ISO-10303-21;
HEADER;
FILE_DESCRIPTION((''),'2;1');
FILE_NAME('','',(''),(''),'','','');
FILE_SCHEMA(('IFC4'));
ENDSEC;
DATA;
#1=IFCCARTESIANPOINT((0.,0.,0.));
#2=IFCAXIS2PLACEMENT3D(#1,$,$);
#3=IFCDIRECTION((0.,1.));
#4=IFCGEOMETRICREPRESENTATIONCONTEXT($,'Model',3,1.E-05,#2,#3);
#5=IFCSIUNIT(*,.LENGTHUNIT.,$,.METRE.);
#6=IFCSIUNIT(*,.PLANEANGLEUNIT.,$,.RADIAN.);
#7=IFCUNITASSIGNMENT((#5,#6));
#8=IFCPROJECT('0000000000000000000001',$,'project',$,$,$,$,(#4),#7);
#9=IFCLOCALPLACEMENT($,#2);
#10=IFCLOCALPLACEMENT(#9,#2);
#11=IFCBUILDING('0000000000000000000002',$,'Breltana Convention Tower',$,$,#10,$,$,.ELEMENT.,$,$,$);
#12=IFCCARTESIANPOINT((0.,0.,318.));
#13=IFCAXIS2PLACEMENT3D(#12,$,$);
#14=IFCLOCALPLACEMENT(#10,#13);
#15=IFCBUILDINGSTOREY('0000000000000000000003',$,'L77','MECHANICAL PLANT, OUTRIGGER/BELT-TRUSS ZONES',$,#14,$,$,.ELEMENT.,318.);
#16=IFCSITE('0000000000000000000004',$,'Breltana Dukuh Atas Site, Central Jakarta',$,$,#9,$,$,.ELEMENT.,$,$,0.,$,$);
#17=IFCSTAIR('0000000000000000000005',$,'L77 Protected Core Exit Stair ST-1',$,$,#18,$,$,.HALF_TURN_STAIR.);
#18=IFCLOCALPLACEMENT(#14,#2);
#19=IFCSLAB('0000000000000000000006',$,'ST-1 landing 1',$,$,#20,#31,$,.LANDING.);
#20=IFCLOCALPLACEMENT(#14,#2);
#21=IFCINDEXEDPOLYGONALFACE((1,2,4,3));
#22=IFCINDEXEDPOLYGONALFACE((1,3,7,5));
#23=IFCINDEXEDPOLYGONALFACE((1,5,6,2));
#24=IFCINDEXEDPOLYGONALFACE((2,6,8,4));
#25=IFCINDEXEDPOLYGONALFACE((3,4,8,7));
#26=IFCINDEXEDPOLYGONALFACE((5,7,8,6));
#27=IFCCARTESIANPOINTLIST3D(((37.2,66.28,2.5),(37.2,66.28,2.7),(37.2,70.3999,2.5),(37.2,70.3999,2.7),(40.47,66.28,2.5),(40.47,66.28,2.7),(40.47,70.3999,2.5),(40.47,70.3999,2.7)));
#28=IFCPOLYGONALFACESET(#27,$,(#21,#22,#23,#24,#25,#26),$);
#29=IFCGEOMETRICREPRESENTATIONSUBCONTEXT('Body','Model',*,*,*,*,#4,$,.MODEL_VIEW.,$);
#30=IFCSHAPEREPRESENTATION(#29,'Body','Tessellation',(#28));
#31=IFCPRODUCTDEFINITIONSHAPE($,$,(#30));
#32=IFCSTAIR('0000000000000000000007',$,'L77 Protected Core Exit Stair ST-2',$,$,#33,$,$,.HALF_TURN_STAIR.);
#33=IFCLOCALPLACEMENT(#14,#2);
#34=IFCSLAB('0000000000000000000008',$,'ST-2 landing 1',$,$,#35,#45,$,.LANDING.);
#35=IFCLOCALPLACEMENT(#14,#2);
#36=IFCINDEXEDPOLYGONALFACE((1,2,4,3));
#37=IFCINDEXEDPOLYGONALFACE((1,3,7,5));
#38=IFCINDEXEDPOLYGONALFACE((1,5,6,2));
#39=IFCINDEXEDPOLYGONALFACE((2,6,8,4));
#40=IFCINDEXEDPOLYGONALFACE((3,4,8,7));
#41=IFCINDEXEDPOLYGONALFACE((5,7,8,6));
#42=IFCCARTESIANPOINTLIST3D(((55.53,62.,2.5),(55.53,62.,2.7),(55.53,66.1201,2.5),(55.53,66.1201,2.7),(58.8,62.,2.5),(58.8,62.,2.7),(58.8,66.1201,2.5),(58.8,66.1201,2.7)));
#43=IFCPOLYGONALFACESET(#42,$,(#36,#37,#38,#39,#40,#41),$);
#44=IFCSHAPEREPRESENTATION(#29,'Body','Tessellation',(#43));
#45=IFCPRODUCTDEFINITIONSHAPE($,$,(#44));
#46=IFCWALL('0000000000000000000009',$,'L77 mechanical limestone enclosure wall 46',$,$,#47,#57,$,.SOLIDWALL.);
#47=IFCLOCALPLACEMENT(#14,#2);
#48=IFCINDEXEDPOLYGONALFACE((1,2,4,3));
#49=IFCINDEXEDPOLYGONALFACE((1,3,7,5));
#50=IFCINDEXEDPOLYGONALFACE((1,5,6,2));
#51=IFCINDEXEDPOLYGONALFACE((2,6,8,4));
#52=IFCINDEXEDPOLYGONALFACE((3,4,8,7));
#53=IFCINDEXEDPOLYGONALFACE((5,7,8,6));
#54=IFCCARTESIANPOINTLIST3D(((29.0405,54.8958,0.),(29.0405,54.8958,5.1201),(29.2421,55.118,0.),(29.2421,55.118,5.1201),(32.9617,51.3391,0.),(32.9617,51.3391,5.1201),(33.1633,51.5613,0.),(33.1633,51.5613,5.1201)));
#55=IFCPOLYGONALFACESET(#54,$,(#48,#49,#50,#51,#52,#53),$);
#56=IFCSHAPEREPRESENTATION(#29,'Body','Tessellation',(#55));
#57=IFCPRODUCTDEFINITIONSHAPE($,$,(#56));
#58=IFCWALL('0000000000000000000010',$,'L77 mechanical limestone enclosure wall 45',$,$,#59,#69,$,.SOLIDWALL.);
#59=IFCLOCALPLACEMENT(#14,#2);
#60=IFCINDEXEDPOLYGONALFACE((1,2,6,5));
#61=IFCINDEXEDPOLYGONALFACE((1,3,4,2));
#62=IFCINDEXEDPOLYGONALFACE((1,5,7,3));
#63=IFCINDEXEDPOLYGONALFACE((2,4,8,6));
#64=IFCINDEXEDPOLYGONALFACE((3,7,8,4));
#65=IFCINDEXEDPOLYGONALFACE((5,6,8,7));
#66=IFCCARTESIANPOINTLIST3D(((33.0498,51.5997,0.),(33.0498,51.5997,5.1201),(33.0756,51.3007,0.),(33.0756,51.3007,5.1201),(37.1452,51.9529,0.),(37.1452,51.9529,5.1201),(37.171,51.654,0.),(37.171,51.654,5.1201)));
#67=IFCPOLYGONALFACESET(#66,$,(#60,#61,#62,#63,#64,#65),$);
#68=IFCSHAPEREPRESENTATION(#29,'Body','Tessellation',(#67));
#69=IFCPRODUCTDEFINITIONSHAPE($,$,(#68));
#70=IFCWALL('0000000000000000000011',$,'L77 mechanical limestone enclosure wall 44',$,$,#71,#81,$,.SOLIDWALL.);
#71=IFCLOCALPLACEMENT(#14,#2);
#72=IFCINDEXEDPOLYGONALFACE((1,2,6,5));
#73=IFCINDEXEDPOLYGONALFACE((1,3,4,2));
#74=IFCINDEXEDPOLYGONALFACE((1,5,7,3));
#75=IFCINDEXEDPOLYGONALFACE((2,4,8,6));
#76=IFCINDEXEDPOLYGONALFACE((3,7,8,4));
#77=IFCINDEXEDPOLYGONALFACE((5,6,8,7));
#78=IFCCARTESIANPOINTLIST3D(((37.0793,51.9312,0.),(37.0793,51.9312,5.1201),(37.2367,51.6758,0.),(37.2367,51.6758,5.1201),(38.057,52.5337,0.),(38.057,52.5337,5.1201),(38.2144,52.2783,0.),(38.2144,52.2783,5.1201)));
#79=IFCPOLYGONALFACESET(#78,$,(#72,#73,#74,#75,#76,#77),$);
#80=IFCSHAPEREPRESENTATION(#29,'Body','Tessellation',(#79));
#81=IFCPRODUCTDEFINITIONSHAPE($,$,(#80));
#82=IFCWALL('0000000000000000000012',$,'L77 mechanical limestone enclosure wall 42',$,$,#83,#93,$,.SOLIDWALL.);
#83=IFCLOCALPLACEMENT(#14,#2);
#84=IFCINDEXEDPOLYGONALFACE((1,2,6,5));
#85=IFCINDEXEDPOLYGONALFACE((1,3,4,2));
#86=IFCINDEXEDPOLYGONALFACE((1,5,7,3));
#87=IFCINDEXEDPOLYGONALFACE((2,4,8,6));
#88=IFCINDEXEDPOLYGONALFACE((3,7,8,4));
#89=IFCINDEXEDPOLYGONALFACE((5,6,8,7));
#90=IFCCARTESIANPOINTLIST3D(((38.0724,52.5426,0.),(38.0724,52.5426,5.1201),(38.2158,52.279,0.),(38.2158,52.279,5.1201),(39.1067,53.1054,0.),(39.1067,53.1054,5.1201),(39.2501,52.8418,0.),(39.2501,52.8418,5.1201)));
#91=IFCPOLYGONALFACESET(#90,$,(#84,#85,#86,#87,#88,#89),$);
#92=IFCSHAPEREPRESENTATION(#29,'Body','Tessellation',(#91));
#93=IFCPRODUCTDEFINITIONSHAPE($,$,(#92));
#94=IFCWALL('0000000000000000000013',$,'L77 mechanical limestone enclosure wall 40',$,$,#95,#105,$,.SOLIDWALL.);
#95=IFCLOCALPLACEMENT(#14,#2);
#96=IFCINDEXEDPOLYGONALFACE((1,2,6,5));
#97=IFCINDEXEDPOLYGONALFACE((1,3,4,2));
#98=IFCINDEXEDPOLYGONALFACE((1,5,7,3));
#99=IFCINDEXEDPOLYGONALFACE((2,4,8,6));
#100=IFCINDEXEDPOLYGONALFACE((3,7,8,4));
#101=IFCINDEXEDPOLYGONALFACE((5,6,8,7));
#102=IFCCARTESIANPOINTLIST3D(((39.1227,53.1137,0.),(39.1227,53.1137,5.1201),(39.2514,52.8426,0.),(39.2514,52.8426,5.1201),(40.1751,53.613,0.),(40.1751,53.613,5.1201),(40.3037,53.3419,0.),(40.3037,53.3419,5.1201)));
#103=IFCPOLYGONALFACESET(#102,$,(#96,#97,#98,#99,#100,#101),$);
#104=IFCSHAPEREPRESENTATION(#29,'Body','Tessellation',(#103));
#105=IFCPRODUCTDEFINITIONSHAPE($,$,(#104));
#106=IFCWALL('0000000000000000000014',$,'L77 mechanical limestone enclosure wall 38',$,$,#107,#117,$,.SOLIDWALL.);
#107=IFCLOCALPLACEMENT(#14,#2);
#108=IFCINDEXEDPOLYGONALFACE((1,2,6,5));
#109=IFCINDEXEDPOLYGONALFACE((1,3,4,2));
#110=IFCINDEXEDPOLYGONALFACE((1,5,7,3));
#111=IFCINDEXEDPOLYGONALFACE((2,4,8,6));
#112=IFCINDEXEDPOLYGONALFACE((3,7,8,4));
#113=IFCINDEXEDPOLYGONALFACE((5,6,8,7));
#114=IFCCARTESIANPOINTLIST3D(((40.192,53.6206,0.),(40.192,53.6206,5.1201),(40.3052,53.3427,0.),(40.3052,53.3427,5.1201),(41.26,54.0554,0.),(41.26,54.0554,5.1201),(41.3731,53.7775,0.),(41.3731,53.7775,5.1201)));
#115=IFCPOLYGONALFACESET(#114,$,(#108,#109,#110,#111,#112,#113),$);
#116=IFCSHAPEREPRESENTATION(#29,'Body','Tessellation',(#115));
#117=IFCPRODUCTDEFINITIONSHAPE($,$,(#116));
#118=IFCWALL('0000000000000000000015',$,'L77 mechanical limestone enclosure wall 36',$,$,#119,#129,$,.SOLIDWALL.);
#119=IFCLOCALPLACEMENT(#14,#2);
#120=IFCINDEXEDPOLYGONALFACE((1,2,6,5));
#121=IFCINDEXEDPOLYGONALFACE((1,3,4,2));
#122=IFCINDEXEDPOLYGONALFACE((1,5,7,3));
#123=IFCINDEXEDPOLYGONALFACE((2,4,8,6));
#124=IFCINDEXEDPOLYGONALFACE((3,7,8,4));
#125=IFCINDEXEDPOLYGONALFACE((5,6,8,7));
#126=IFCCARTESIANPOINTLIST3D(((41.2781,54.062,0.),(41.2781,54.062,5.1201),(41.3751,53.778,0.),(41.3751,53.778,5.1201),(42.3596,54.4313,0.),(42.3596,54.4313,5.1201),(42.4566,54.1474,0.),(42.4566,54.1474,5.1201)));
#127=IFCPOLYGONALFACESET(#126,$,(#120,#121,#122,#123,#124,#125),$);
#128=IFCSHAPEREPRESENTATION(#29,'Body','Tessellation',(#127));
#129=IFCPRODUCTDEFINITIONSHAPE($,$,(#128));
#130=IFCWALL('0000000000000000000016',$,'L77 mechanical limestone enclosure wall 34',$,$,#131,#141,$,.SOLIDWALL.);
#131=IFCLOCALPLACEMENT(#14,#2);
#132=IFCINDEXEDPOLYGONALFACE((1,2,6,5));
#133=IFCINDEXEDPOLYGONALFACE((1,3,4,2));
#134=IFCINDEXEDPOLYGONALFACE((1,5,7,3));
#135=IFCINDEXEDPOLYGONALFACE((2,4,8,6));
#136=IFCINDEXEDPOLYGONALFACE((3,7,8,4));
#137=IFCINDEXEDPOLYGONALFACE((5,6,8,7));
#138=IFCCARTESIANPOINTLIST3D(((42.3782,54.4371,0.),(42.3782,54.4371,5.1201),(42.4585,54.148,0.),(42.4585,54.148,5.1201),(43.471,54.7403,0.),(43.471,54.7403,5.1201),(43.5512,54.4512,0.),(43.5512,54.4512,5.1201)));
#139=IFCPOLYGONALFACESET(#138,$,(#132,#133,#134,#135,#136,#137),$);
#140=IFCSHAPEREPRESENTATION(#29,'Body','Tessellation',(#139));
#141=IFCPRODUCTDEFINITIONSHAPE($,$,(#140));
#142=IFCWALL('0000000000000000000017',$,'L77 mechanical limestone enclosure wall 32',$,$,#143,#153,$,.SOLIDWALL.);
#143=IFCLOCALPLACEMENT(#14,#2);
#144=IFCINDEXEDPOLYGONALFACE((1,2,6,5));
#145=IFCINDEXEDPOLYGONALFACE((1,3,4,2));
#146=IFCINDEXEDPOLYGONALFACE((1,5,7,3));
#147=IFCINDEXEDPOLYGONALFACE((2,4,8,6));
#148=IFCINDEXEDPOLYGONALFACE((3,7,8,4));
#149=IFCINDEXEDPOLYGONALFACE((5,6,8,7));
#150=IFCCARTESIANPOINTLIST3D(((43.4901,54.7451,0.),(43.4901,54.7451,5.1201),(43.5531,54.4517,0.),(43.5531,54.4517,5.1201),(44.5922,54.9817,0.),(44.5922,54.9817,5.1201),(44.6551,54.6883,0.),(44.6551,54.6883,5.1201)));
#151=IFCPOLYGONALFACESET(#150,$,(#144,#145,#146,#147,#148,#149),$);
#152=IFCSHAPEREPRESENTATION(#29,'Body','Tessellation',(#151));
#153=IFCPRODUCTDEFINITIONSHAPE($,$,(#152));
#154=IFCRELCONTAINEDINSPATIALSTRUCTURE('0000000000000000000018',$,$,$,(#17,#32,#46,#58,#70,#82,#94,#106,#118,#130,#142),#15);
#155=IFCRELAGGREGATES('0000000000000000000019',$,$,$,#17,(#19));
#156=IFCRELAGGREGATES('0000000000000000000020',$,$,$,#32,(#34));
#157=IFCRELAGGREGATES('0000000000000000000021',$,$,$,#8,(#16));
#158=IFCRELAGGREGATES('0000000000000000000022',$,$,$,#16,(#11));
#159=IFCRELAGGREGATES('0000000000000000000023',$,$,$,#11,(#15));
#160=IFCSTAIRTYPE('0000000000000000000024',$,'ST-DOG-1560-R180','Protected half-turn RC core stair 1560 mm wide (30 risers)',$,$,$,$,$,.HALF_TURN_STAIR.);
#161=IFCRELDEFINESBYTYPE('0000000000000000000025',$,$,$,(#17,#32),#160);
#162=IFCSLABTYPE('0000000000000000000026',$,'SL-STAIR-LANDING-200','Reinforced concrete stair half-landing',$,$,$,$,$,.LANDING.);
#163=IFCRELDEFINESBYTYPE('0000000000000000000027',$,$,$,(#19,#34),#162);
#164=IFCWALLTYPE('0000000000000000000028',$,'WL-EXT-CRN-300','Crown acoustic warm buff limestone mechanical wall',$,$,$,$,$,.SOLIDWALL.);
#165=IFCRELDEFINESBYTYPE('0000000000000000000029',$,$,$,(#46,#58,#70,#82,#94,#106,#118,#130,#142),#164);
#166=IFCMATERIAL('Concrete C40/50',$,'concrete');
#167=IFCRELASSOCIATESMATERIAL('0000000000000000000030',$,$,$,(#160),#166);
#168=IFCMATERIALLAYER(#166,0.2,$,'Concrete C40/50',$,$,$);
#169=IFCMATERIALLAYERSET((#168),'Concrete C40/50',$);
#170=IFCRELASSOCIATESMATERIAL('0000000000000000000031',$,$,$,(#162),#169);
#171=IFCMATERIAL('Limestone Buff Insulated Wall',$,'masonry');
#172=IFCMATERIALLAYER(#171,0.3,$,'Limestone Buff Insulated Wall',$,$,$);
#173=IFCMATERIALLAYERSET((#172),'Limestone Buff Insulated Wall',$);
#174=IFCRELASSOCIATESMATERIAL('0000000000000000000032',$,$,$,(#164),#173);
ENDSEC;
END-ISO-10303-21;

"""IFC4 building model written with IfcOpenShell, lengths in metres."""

from ifc_helpers import new_model, si_unit, direction, frame, frame_2d, origin, place, context, subcontext, project, spatial, polyline, rectangle, outline, extrude, source, transform, mapped, material, layer, layer_set, type_object, element, aggregate, save


model = new_model("IFC4")

# Units and contexts
model_context = context("Model", 3, precision=1e-05, world=origin(), true_north=direction((0.0, 1.0)))
body_context = subcontext(model_context, "Body", "Model", "MODEL_VIEW")
ifc_project = project(units=[si_unit("LENGTHUNIT", "METRE"), si_unit("PLANEANGLEUNIT", "RADIAN")], contexts=[model_context])

# Site, building, storey
site_placement = place(None, origin())
site = spatial("IfcSite", under=ifc_project, at=site_placement, Name="Breltana Dukuh Atas Site, Central Jakarta", CompositionType="ELEMENT", RefElevation=0.0)
building_placement = place(site_placement, origin())
building = spatial("IfcBuilding", under=site, at=building_placement, Name="Breltana Convention Tower", CompositionType="ELEMENT")
storey_placement = place(building_placement, frame((0.0, 0.0, 318.0)))
storey = spatial("IfcBuildingStorey", under=building, at=storey_placement, Name="L77", Description="MECHANICAL PLANT, OUTRIGGER/BELT-TRUSS ZONES", CompositionType="ELEMENT", Elevation=318.0)

# Shared definitions
ifc_material_1 = material(Name="Concrete C40/50", Category="concrete")

# Stairs, slabs
stair_type = type_object("IfcStairType", Name="ST-DOG-1560-R180", Description="Protected half-turn RC core stair 1560 mm wide (30 risers)", PredefinedType="HALF_TURN_STAIR", material=ifc_material_1)
stair_1_placement = place(storey_placement, origin())
stair_1 = element("IfcStair", 1, at=stair_1_placement, inside=storey, type_object=stair_type, Name="L77 Protected Core Exit Stair ST-1", PredefinedType="HALF_TURN_STAIR")
ifc_layer_1 = layer(ifc_material_1, 0.2, Name="Concrete C40/50")
ifc_layer_set_1 = layer_set([ifc_layer_1], Name="Concrete C40/50")
slab_type_1 = type_object("IfcSlabType", Name="SL-STAIR-LANDING-200", Description="Reinforced concrete stair half-landing", PredefinedType="LANDING", material=ifc_layer_set_1)
slab_1_placement = place(storey_placement, frame((0.0, 0.0, 2.5)))
slab_1 = element("IfcSlab", 2, at=slab_1_placement, type_object=slab_type_1, Name="ST-1 landing 1", PredefinedType="LANDING", context=body_context, shape_type="SweptSolid", body=[
    extrude(outline(polyline([(40.47, 66.28), (40.47, 70.3999), (37.2, 70.3999), (37.2, 66.28), (40.47, 66.28)])), origin(), (0.0, 0.0, 1.0), 0.2),
])
aggregate(stair_1, [slab_1])
stair_2_placement = place(storey_placement, origin())
stair_2 = element("IfcStair", 3, at=stair_2_placement, inside=storey, type_object=stair_type, Name="L77 Protected Core Exit Stair ST-2", PredefinedType="HALF_TURN_STAIR")
slab_2_placement = place(storey_placement, frame((0.0, 0.0, 2.5)))
slab_2 = element("IfcSlab", 4, at=slab_2_placement, type_object=slab_type_1, Name="ST-2 landing 1", PredefinedType="LANDING", context=body_context, shape_type="SweptSolid", body=[
    extrude(outline(polyline([(55.53, 66.1201), (55.53, 62.0), (58.8, 62.0), (58.8, 66.1201), (55.53, 66.1201)])), origin(), (0.0, 0.0, 1.0), 0.2),
])
aggregate(stair_2, [slab_2])

# Walls
ifc_material_2 = material(Name="Limestone Buff Insulated Wall", Category="masonry")
ifc_layer_2 = layer(ifc_material_2, 0.3, Name="Limestone Buff Insulated Wall")
ifc_layer_set_2 = layer_set([ifc_layer_2], Name="Limestone Buff Insulated Wall")
wall_type_1 = type_object("IfcWallType", Name="WL-EXT-CRN-300", Description="Crown acoustic warm buff limestone mechanical wall", PredefinedType="SOLIDWALL", material=ifc_layer_set_2)
shared_shape_1 = source(origin(), body_context, "Body", "SweptSolid", [
    extrude(rectangle(XDim=5.2939, YDim=0.3, at=frame_2d((2.647, 0.0))), origin(), (0.0, 0.0, 1.0), 5.1201),
])
wall_1_placement = place(storey_placement, frame((33.0625, 51.4502, 0.0), z_axis=(0.0, 0.0, 1.0), x_axis=(-0.740695, 0.671841, 0.0)))
element("IfcWall", 5, at=wall_1_placement, inside=storey, type_object=wall_type_1, Name="L77 mechanical limestone enclosure wall 46", PredefinedType="SOLIDWALL", context=body_context, shape_type="MappedRepresentation", body=[
    mapped(shared_shape_1, transform((0.0, 0.0, 0.0), scale=1.0)),
])
shared_shape_2 = source(origin(), body_context, "Body", "SweptSolid", [
    extrude(rectangle(XDim=4.1106, YDim=0.3, at=frame_2d((2.0552, 0.0))), origin(), (0.0, 0.0, 1.0), 5.1201),
])
wall_2_placement = place(storey_placement, frame((37.158, 51.8035, 0.0), z_axis=(0.0, 0.0, 1.0), x_axis=(-0.9963, -0.08594, 0.0)))
element("IfcWall", 6, at=wall_2_placement, inside=storey, type_object=wall_type_1, Name="L77 mechanical limestone enclosure wall 45", PredefinedType="SOLIDWALL", context=body_context, shape_type="MappedRepresentation", body=[
    mapped(shared_shape_2, transform((0.0, 0.0, 0.0), scale=1.0)),
])
shared_shape_3 = source(origin(), body_context, "Body", "SweptSolid", [
    extrude(rectangle(XDim=1.1484, YDim=0.3, at=frame_2d((0.5742, 0.0))), origin(), (0.0, 0.0, 1.0), 5.1201),
])
wall_3_placement = place(storey_placement, frame((38.1357, 52.406, 0.0), z_axis=(0.0, 0.0, 1.0), x_axis=(-0.851337, -0.524619, 0.0)))
element("IfcWall", 7, at=wall_3_placement, inside=storey, type_object=wall_type_1, Name="L77 mechanical limestone enclosure wall 44", PredefinedType="SOLIDWALL", context=body_context, shape_type="MappedRepresentation", body=[
    mapped(shared_shape_3, transform((0.0, 0.0, 0.0), scale=1.0)),
])
shared_shape_4 = source(origin(), body_context, "Body", "SweptSolid", [
    extrude(rectangle(XDim=1.1775, YDim=0.3, at=frame_2d((0.5889, 0.0))), origin(), (0.0, 0.0, 1.0), 5.1201),
])
wall_4_placement = place(storey_placement, frame((39.1785, 52.9736, 0.0), z_axis=(0.0, 0.0, 1.0), x_axis=(-0.878379, -0.477966, 0.0)))
element("IfcWall", 8, at=wall_4_placement, inside=storey, type_object=wall_type_1, Name="L77 mechanical limestone enclosure wall 42", PredefinedType="SOLIDWALL", context=body_context, shape_type="MappedRepresentation", body=[
    mapped(shared_shape_4, transform((0.0, 0.0, 0.0), scale=1.0)),
])
shared_shape_5 = source(origin(), body_context, "Body", "SweptSolid", [
    extrude(rectangle(XDim=1.1648, YDim=0.3, at=frame_2d((0.5825, 0.0))), origin(), (0.0, 0.0, 1.0), 5.1201),
])
wall_5_placement = place(storey_placement, frame((40.2395, 53.4775, 0.0), z_axis=(0.0, 0.0, 1.0), x_axis=(-0.90346, -0.428672, 0.0)))
element("IfcWall", 9, at=wall_5_placement, inside=storey, type_object=wall_type_1, Name="L77 mechanical limestone enclosure wall 40", PredefinedType="SOLIDWALL", context=body_context, shape_type="MappedRepresentation", body=[
    mapped(shared_shape_5, transform((0.0, 0.0, 0.0), scale=1.0)),
])
shared_shape_6 = source(origin(), body_context, "Body", "SweptSolid", [
    extrude(rectangle(XDim=1.1531, YDim=0.3, at=frame_2d((0.5767, 0.0))), origin(), (0.0, 0.0, 1.0), 5.1201),
])
wall_6_placement = place(storey_placement, frame((41.3167, 53.9165, 0.0), z_axis=(0.0, 0.0, 1.0), x_axis=(-0.926166, -0.377115, 0.0)))
element("IfcWall", 10, at=wall_6_placement, inside=storey, type_object=wall_type_1, Name="L77 mechanical limestone enclosure wall 38", PredefinedType="SOLIDWALL", context=body_context, shape_type="MappedRepresentation", body=[
    mapped(shared_shape_6, transform((0.0, 0.0, 0.0), scale=1.0)),
])
shared_shape_7 = source(origin(), body_context, "Body", "SweptSolid", [
    extrude(rectangle(XDim=1.1428, YDim=0.3, at=frame_2d((0.5713, 0.0))), origin(), (0.0, 0.0, 1.0), 5.1201),
])
wall_7_placement = place(storey_placement, frame((42.408, 54.2893, 0.0), z_axis=(0.0, 0.0, 1.0), x_axis=(-0.946329, -0.323205, 0.0)))
element("IfcWall", 11, at=wall_7_placement, inside=storey, type_object=wall_type_1, Name="L77 mechanical limestone enclosure wall 36", PredefinedType="SOLIDWALL", context=body_context, shape_type="MappedRepresentation", body=[
    mapped(shared_shape_7, transform((0.0, 0.0, 0.0), scale=1.0)),
])
shared_shape_8 = source(origin(), body_context, "Body", "SweptSolid", [
    extrude(rectangle(XDim=1.134, YDim=0.3, at=frame_2d((0.5669, 0.0))), origin(), (0.0, 0.0, 1.0), 5.1201),
])
wall_8_placement = place(storey_placement, frame((43.511, 54.5957, 0.0), z_axis=(0.0, 0.0, 1.0), x_axis=(-0.963592, -0.267377, 0.0)))
element("IfcWall", 12, at=wall_8_placement, inside=storey, type_object=wall_type_1, Name="L77 mechanical limestone enclosure wall 34", PredefinedType="SOLIDWALL", context=body_context, shape_type="MappedRepresentation", body=[
    mapped(shared_shape_8, transform((0.0, 0.0, 0.0), scale=1.0)),
])
shared_shape_9 = source(origin(), body_context, "Body", "SweptSolid", [
    extrude(rectangle(XDim=1.1272, YDim=0.3, at=frame_2d((0.5635, 0.0))), origin(), (0.0, 0.0, 1.0), 5.1201),
])
wall_9_placement = place(storey_placement, frame((44.6235, 54.835, 0.0), z_axis=(0.0, 0.0, 1.0), x_axis=(-0.977726, -0.209884, 0.0)))
element("IfcWall", 13, at=wall_9_placement, inside=storey, type_object=wall_type_1, Name="L77 mechanical limestone enclosure wall 32", PredefinedType="SOLIDWALL", context=body_context, shape_type="MappedRepresentation", body=[
    mapped(shared_shape_9, transform((0.0, 0.0, 0.0), scale=1.0)),
])

save(model, "model.ifc")
